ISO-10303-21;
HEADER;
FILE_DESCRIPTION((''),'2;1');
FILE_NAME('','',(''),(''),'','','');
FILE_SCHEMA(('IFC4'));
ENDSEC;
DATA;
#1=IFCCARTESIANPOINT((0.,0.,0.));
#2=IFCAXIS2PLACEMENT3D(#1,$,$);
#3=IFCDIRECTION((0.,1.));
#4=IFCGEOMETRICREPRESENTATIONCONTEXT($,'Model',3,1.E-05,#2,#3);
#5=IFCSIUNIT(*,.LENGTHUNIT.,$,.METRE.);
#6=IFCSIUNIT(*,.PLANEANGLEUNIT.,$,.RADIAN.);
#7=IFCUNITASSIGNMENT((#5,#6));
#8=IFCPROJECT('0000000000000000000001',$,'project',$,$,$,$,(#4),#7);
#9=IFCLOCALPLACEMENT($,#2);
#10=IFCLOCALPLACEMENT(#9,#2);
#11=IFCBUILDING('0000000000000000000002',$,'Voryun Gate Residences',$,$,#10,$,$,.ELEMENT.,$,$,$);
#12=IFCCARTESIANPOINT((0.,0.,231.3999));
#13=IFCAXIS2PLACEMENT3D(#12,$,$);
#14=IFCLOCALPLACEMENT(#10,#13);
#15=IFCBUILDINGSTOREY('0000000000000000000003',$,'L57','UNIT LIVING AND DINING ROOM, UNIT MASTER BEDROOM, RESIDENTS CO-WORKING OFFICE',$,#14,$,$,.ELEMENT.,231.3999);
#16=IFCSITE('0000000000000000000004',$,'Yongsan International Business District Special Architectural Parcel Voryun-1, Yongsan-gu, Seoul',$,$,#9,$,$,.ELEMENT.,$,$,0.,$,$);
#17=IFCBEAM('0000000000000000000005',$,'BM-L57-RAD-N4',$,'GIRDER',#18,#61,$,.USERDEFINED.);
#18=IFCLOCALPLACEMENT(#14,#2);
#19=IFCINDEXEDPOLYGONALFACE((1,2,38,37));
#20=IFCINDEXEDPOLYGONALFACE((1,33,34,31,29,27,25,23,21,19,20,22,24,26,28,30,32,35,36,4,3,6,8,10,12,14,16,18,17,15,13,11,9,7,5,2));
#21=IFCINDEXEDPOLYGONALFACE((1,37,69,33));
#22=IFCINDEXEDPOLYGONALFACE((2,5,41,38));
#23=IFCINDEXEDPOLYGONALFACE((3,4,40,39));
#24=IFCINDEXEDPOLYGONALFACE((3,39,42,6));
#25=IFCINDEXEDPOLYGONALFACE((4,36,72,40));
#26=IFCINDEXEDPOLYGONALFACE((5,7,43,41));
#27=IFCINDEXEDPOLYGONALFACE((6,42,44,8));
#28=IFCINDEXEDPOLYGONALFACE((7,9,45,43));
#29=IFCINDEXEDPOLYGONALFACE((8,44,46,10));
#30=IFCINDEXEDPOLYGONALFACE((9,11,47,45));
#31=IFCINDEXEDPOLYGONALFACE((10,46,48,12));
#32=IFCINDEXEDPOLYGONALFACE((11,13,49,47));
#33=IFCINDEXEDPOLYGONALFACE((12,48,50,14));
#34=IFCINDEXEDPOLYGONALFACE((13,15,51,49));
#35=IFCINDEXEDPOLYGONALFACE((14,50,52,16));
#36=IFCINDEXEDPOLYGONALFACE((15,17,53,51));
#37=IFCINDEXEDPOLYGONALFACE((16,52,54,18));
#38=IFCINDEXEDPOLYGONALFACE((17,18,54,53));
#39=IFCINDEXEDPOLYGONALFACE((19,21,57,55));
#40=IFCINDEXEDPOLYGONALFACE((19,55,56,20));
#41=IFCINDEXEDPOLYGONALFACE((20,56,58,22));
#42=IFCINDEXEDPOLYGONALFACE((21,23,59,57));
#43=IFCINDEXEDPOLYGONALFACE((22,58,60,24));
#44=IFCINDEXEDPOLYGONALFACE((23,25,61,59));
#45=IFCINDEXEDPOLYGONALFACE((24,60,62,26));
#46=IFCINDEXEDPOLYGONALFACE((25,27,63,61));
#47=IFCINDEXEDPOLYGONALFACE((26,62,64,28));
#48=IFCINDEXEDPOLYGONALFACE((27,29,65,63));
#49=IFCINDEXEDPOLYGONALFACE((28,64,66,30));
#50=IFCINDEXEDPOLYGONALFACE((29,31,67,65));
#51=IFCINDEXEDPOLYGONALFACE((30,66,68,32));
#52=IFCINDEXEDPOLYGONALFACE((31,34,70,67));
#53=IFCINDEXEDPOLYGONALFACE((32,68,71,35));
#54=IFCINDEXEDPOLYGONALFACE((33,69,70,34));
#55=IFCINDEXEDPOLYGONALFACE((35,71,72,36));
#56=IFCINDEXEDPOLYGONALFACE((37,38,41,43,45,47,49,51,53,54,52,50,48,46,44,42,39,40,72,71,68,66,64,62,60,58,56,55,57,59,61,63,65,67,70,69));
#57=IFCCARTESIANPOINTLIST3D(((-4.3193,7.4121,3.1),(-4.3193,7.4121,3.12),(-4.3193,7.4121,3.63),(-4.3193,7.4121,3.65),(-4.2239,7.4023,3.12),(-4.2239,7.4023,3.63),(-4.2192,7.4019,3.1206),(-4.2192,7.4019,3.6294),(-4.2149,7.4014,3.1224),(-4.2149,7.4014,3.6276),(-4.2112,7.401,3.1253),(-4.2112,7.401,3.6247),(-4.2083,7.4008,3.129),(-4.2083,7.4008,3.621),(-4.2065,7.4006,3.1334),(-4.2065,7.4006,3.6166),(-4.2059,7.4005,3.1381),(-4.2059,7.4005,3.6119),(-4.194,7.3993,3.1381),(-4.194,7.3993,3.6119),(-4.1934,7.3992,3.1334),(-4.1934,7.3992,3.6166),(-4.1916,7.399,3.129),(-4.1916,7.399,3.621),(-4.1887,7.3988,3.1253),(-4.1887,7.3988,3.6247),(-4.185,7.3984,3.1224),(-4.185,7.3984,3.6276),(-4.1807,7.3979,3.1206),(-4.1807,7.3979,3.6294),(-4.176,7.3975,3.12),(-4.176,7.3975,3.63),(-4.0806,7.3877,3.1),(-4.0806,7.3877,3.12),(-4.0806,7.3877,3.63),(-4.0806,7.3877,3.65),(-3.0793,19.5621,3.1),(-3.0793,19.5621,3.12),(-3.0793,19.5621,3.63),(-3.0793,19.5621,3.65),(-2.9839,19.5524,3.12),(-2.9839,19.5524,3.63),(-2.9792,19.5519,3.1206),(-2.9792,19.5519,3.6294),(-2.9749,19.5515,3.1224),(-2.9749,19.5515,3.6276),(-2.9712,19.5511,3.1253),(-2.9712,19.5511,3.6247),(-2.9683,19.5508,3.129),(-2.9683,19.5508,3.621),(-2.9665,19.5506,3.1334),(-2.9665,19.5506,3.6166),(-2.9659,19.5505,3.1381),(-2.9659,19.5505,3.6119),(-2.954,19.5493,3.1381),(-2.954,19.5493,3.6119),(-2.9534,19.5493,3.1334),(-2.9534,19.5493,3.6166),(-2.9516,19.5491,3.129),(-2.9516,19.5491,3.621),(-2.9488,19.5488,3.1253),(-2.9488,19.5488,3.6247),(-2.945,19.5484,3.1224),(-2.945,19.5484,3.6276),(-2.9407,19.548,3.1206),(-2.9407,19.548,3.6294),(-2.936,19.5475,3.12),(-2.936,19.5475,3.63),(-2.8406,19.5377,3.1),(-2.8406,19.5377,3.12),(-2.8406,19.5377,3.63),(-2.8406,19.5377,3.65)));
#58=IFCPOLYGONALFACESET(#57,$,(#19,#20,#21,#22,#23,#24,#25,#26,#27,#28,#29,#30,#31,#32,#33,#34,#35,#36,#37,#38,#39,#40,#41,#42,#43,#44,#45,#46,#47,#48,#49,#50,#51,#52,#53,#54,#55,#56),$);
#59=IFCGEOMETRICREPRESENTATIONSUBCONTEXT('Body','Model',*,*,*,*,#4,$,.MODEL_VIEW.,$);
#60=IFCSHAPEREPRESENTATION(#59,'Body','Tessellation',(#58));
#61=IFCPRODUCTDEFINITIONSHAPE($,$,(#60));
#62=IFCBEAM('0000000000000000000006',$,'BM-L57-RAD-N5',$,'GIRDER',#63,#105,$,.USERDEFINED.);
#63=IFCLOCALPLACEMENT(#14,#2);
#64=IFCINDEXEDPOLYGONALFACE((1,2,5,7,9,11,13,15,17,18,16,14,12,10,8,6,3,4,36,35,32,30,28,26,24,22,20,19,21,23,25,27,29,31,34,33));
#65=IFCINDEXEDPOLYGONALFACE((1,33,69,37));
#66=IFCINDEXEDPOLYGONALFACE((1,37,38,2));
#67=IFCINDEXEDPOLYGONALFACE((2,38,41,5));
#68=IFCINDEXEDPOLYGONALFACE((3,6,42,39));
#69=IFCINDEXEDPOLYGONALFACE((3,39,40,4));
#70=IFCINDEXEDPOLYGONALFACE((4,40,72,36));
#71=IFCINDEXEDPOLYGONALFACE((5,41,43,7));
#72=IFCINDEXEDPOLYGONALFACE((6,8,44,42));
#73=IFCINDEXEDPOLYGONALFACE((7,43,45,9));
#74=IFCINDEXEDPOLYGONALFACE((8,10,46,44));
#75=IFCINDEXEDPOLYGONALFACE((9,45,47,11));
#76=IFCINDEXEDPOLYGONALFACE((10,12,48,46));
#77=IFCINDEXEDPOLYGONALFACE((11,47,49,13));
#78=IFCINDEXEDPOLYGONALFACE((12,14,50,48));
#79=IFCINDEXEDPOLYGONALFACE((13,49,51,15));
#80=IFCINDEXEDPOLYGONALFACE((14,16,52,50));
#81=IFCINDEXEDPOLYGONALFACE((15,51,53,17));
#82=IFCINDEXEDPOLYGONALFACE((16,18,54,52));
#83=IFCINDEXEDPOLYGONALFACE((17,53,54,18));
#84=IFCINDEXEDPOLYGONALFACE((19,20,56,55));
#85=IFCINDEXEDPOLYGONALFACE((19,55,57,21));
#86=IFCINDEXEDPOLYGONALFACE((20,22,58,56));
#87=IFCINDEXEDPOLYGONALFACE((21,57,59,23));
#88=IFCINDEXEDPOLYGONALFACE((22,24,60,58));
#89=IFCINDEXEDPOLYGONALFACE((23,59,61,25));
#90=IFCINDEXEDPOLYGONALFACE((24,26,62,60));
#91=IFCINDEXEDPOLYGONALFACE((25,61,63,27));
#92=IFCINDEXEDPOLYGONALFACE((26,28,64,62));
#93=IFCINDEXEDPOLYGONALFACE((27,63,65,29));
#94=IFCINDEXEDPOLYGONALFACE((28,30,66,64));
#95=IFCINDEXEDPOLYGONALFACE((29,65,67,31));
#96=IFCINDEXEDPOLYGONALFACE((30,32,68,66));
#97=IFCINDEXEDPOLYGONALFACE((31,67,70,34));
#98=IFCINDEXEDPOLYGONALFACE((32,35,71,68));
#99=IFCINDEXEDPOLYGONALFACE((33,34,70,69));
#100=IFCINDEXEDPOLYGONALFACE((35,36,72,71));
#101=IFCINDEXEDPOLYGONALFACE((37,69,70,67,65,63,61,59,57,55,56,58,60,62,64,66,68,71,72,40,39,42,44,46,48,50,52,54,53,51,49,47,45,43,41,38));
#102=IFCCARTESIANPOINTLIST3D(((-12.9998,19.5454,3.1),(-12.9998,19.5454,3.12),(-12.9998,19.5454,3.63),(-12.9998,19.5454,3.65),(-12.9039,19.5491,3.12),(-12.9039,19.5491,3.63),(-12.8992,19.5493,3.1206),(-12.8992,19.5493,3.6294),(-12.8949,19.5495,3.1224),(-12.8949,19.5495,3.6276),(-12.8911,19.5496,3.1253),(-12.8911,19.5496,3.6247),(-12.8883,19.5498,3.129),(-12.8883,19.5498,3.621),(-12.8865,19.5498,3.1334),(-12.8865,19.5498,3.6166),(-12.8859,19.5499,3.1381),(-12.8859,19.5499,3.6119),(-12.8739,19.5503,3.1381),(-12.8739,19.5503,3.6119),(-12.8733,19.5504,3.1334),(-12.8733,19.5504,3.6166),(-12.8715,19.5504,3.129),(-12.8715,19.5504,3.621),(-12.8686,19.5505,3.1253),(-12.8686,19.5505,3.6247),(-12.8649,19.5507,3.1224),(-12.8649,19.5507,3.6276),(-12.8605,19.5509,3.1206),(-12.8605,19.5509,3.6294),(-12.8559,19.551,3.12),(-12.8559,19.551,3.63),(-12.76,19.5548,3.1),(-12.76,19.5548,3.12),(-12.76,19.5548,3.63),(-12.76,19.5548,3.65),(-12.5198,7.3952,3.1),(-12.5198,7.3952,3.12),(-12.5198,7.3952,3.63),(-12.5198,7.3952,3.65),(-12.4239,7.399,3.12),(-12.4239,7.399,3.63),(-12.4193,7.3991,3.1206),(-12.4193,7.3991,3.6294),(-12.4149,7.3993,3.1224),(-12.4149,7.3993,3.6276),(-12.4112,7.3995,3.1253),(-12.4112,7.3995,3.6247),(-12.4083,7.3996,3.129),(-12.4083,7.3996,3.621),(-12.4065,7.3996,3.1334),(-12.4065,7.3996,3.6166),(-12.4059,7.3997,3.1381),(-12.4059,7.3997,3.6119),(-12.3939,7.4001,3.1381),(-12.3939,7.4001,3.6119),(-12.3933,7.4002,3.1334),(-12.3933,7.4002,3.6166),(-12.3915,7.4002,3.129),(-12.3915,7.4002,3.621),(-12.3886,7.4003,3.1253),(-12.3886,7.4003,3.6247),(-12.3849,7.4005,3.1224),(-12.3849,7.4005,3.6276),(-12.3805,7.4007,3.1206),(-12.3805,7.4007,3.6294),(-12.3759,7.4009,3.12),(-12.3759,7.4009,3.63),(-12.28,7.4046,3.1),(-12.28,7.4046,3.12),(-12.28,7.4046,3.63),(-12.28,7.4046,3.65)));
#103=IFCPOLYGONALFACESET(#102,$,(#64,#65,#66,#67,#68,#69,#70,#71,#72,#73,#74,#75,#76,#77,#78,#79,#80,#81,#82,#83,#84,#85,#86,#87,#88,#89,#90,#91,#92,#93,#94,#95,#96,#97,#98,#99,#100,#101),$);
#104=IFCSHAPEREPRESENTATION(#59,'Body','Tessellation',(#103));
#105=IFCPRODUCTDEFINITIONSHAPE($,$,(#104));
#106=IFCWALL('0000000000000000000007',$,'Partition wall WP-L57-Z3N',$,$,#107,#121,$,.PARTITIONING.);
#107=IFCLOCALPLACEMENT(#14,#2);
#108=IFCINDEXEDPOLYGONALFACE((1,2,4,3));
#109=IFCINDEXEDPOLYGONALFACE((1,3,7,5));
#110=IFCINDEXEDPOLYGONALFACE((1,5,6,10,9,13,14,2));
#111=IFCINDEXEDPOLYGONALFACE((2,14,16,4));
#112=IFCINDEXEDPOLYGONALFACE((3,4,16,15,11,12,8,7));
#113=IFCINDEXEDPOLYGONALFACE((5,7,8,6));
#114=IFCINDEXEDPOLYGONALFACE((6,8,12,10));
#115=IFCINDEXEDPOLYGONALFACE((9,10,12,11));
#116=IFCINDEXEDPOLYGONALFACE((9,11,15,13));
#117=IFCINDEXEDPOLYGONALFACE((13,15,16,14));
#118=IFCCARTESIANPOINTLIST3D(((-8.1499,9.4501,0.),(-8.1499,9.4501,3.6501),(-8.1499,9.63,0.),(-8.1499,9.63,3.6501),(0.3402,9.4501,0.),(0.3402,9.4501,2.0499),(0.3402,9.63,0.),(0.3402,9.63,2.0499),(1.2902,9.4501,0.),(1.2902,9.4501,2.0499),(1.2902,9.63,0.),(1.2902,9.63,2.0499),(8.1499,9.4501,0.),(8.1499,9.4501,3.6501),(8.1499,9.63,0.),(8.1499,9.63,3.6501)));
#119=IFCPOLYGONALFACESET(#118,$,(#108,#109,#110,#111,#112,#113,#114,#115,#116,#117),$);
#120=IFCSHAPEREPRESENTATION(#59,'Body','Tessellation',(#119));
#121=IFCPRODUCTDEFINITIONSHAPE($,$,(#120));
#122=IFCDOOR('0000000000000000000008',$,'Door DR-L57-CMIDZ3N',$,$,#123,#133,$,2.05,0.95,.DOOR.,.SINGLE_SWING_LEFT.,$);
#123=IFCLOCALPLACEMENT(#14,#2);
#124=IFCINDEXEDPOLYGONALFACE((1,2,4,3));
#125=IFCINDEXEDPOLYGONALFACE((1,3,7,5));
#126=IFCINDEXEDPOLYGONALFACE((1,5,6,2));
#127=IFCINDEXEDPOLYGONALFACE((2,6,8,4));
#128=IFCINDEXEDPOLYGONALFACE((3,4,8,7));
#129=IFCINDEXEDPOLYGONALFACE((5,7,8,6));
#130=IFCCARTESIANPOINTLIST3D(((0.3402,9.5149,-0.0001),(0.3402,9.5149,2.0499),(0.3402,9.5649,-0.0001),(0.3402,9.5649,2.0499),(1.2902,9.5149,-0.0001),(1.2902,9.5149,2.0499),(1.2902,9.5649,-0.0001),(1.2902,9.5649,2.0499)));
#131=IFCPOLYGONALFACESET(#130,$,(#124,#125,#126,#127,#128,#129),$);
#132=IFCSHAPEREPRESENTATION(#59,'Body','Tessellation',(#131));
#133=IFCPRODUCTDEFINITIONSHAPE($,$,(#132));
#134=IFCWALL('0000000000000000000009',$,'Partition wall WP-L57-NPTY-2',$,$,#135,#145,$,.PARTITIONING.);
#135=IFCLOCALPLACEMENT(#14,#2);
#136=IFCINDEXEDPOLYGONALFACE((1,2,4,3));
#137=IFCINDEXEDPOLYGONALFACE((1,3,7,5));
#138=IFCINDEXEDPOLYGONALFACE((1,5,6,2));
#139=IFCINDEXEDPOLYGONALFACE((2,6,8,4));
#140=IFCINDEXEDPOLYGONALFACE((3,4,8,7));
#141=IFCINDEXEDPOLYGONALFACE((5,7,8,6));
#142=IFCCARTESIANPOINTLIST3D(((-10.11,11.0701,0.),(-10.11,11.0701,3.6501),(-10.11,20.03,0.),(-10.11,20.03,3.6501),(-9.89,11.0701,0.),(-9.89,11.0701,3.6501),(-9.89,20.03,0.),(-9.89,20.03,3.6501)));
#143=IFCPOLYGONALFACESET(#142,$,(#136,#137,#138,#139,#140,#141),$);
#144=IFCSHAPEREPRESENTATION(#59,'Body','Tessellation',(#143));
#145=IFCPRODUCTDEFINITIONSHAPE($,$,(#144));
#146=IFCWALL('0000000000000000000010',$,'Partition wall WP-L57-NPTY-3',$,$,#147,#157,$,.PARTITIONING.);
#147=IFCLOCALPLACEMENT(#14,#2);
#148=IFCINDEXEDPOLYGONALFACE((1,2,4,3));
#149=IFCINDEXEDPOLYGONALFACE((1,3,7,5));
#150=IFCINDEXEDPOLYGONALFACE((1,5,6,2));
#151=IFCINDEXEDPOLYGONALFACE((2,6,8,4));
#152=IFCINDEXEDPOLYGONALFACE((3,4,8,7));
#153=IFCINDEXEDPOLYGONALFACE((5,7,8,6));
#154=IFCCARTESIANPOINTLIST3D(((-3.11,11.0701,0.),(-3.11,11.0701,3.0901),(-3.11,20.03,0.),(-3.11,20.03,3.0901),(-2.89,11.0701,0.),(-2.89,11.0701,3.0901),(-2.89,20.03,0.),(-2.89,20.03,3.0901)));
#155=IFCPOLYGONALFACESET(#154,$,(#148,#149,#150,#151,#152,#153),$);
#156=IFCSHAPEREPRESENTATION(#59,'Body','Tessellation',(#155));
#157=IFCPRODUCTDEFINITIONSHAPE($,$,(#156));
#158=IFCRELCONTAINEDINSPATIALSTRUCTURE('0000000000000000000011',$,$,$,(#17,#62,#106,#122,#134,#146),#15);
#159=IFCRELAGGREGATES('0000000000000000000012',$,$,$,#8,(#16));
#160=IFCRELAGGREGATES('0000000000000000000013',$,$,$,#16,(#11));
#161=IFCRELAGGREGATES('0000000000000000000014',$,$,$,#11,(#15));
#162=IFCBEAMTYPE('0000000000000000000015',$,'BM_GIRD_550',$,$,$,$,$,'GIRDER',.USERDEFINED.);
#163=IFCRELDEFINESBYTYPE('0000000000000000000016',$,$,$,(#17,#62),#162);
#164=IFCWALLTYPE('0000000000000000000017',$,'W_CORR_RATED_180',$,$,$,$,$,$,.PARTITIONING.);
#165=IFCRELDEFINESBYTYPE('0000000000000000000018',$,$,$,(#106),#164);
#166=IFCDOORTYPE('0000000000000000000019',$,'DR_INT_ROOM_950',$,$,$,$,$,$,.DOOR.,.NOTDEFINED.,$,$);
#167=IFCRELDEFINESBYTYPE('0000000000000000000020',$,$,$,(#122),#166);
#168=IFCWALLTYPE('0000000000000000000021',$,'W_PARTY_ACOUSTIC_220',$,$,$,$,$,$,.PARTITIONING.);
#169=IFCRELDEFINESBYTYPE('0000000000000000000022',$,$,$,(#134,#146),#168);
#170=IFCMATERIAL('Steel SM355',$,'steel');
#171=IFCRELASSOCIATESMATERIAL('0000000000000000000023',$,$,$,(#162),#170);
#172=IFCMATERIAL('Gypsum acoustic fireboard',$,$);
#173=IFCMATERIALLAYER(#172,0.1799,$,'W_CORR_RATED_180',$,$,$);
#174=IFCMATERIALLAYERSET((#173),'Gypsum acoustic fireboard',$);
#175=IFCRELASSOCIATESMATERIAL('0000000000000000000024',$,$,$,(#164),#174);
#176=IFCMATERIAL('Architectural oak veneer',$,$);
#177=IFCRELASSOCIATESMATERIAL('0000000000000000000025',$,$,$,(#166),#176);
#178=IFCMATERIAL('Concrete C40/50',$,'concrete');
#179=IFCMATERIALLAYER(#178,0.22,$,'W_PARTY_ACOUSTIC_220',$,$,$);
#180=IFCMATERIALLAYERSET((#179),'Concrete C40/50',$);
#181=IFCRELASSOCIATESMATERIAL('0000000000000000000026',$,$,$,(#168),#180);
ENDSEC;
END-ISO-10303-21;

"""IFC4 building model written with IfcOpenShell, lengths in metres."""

from ifc_helpers import new_model, si_unit, direction, frame, frame_2d, origin, origin_2d, place, context, subcontext, project, spatial, rectangle, i_section, extrude, material, layer, layer_set, material_profile, profile_set, type_object, element, fill, save


model = new_model("IFC4")

# Units and contexts
model_context = context("Model", 3, precision=1e-05, world=origin(), true_north=direction((0.0, 1.0)))
body_context = subcontext(model_context, "Body", "Model", "MODEL_VIEW")
ifc_project = project(units=[si_unit("LENGTHUNIT", "METRE"), si_unit("PLANEANGLEUNIT", "RADIAN")], contexts=[model_context])

# Site, building, storey
site_placement = place(None, origin())
site = spatial("IfcSite", under=ifc_project, at=site_placement, Name="Yongsan International Business District Special Architectural Parcel Voryun-1, Yongsan-gu, Seoul", CompositionType="ELEMENT", RefElevation=0.0)
building_placement = place(site_placement, origin())
building = spatial("IfcBuilding", under=site, at=building_placement, Name="Voryun Gate Residences", CompositionType="ELEMENT")
storey_placement = place(building_placement, frame((0.0, 0.0, 231.3999)))
storey = spatial("IfcBuildingStorey", under=building, at=storey_placement, Name="L57", Description="UNIT LIVING AND DINING ROOM, UNIT MASTER BEDROOM, RESIDENTS CO-WORKING OFFICE", CompositionType="ELEMENT", Elevation=231.3999)

# Beams
ifc_material_1 = material(Name="Steel SM355", Category="steel")
ifc_material_profile_1 = material_profile(ifc_material_1, i_section(OverallWidth=0.24, OverallDepth=0.55, WebThickness=0.012, FlangeThickness=0.02, FilletRadius=0.0181, at=origin_2d()), Name="H-550x240x12x20")
ifc_profile_set_1 = profile_set([ifc_material_profile_1], Name="Steel SM355")
beam_type_1 = type_object("IfcBeamType", Name="BM_GIRD_550", ElementType="GIRDER", PredefinedType="USERDEFINED", material=ifc_profile_set_1)
beam_1_placement = place(storey_placement, frame((-4.2, 7.3999, 3.375), z_axis=(0.101528, 0.994833, 0.0), x_axis=(-0.994833, 0.101528, 0.0)))
element("IfcBeam", 1, at=beam_1_placement, inside=storey, type_object=beam_type_1, Name="BM-L57-RAD-N4", ObjectType="GIRDER", PredefinedType="USERDEFINED", context=body_context, shape_type="SweptSolid", body=[
    extrude(i_section(OverallWidth=0.24, OverallDepth=0.55, WebThickness=0.012, FlangeThickness=0.02, FilletRadius=0.0181, at=origin_2d()), origin(), (0.0, 0.0, 1.0), 12.2131),
])
beam_2_placement = place(storey_placement, frame((-12.3999, 7.3999, 3.375), z_axis=(-0.039473, 0.999221, 0.0), x_axis=(-0.999221, -0.039473, 0.0)))
element("IfcBeam", 2, at=beam_2_placement, inside=storey, type_object=beam_type_1, Name="BM-L57-RAD-N5", ObjectType="GIRDER", PredefinedType="USERDEFINED", context=body_context, shape_type="SweptSolid", body=[
    extrude(i_section(OverallWidth=0.24, OverallDepth=0.55, WebThickness=0.012, FlangeThickness=0.02, FilletRadius=0.0181, at=origin_2d()), origin(), (0.0, 0.0, 1.0), 12.1597),
])

# Wall, opening, door
ifc_material_2 = material(Name="Gypsum acoustic fireboard")
ifc_layer_1 = layer(ifc_material_2, 0.1799, Name="W_CORR_RATED_180")
ifc_layer_set_1 = layer_set([ifc_layer_1], Name="Gypsum acoustic fireboard")
wall_type_1 = type_object("IfcWallType", Name="W_CORR_RATED_180", PredefinedType="PARTITIONING", material=ifc_layer_set_1)
wall_1_placement = place(storey_placement, frame((-8.1499, 9.54, 0.0), z_axis=(0.0, 0.0, 1.0), x_axis=(1.0, 0.0, 0.0)))
wall_1 = element("IfcWall", 3, at=wall_1_placement, inside=storey, type_object=wall_type_1, Name="Partition wall WP-L57-Z3N", PredefinedType="PARTITIONING", context=body_context, shape_type="SweptSolid", body=[
    extrude(rectangle(XDim=16.2998, YDim=0.1799, at=frame_2d((8.1499, 0.0))), origin(), (0.0, 0.0, 1.0), 3.6501),
])
opening_1_placement = place(wall_1_placement, frame((8.49, 0.0, 0.0)))
opening_1 = element("IfcOpeningElement", 4, at=opening_1_placement, cuts=wall_1, PredefinedType="OPENING", context=body_context, shape_type="SweptSolid", body=[
    extrude(rectangle(XDim=0.95, YDim=2.05, at=frame_2d((0.4751, 1.0249))), frame((0.0, 0.0999, 0.0), z_axis=(0.0, -1.0, 0.0), x_axis=(1.0, 0.0, 0.0)), (0.0, 0.0, 1.0), 0.2),
])
ifc_material_3 = material(Name="Architectural oak veneer")
door_type_1 = type_object("IfcDoorType", Name="DR_INT_ROOM_950", OperationType="NOTDEFINED", PredefinedType="DOOR", material=ifc_material_3)
door_1_placement = place(opening_1_placement, origin())
door_1 = element("IfcDoor", 5, at=door_1_placement, inside=storey, type_object=door_type_1, Name="Door DR-L57-CMIDZ3N", OperationType="SINGLE_SWING_LEFT", OverallHeight=2.05, OverallWidth=0.95, PredefinedType="DOOR", context=body_context, shape_type="SweptSolid", body=[
    extrude(rectangle(XDim=0.95, YDim=2.05, at=frame_2d((0.4751, 1.0249))), frame((0.0, 0.0249, 0.0), z_axis=(0.0, -1.0, 0.0), x_axis=(1.0, 0.0, 0.0)), (0.0, 0.0, 1.0), 0.05),
])
fill(opening_1, door_1)

# Walls
ifc_material_4 = material(Name="Concrete C40/50", Category="concrete")
ifc_layer_2 = layer(ifc_material_4, 0.22, Name="W_PARTY_ACOUSTIC_220")
ifc_layer_set_2 = layer_set([ifc_layer_2], Name="Concrete C40/50")
wall_type_2 = type_object("IfcWallType", Name="W_PARTY_ACOUSTIC_220", PredefinedType="PARTITIONING", material=ifc_layer_set_2)
wall_2_placement = place(storey_placement, frame((-10.0, 11.0701, 0.0), z_axis=(0.0, 0.0, 1.0), x_axis=(0.0, 1.0, 0.0)))
element("IfcWall", 6, at=wall_2_placement, inside=storey, type_object=wall_type_2, Name="Partition wall WP-L57-NPTY-2", PredefinedType="PARTITIONING", context=body_context, shape_type="SweptSolid", body=[
    extrude(rectangle(XDim=8.96, YDim=0.22, at=frame_2d((4.48, 0.0))), origin(), (0.0, 0.0, 1.0), 3.6501),
])
wall_3_placement = place(storey_placement, frame((-3.0, 11.0701, 0.0), z_axis=(0.0, 0.0, 1.0), x_axis=(0.0, 1.0, 0.0)))
element("IfcWall", 7, at=wall_3_placement, inside=storey, type_object=wall_type_2, Name="Partition wall WP-L57-NPTY-3", PredefinedType="PARTITIONING", context=body_context, shape_type="SweptSolid", body=[
    extrude(rectangle(XDim=8.96, YDim=0.22, at=frame_2d((4.48, 0.0))), origin(), (0.0, 0.0, 1.0), 3.0901),
])

save(model, "model.ifc")
